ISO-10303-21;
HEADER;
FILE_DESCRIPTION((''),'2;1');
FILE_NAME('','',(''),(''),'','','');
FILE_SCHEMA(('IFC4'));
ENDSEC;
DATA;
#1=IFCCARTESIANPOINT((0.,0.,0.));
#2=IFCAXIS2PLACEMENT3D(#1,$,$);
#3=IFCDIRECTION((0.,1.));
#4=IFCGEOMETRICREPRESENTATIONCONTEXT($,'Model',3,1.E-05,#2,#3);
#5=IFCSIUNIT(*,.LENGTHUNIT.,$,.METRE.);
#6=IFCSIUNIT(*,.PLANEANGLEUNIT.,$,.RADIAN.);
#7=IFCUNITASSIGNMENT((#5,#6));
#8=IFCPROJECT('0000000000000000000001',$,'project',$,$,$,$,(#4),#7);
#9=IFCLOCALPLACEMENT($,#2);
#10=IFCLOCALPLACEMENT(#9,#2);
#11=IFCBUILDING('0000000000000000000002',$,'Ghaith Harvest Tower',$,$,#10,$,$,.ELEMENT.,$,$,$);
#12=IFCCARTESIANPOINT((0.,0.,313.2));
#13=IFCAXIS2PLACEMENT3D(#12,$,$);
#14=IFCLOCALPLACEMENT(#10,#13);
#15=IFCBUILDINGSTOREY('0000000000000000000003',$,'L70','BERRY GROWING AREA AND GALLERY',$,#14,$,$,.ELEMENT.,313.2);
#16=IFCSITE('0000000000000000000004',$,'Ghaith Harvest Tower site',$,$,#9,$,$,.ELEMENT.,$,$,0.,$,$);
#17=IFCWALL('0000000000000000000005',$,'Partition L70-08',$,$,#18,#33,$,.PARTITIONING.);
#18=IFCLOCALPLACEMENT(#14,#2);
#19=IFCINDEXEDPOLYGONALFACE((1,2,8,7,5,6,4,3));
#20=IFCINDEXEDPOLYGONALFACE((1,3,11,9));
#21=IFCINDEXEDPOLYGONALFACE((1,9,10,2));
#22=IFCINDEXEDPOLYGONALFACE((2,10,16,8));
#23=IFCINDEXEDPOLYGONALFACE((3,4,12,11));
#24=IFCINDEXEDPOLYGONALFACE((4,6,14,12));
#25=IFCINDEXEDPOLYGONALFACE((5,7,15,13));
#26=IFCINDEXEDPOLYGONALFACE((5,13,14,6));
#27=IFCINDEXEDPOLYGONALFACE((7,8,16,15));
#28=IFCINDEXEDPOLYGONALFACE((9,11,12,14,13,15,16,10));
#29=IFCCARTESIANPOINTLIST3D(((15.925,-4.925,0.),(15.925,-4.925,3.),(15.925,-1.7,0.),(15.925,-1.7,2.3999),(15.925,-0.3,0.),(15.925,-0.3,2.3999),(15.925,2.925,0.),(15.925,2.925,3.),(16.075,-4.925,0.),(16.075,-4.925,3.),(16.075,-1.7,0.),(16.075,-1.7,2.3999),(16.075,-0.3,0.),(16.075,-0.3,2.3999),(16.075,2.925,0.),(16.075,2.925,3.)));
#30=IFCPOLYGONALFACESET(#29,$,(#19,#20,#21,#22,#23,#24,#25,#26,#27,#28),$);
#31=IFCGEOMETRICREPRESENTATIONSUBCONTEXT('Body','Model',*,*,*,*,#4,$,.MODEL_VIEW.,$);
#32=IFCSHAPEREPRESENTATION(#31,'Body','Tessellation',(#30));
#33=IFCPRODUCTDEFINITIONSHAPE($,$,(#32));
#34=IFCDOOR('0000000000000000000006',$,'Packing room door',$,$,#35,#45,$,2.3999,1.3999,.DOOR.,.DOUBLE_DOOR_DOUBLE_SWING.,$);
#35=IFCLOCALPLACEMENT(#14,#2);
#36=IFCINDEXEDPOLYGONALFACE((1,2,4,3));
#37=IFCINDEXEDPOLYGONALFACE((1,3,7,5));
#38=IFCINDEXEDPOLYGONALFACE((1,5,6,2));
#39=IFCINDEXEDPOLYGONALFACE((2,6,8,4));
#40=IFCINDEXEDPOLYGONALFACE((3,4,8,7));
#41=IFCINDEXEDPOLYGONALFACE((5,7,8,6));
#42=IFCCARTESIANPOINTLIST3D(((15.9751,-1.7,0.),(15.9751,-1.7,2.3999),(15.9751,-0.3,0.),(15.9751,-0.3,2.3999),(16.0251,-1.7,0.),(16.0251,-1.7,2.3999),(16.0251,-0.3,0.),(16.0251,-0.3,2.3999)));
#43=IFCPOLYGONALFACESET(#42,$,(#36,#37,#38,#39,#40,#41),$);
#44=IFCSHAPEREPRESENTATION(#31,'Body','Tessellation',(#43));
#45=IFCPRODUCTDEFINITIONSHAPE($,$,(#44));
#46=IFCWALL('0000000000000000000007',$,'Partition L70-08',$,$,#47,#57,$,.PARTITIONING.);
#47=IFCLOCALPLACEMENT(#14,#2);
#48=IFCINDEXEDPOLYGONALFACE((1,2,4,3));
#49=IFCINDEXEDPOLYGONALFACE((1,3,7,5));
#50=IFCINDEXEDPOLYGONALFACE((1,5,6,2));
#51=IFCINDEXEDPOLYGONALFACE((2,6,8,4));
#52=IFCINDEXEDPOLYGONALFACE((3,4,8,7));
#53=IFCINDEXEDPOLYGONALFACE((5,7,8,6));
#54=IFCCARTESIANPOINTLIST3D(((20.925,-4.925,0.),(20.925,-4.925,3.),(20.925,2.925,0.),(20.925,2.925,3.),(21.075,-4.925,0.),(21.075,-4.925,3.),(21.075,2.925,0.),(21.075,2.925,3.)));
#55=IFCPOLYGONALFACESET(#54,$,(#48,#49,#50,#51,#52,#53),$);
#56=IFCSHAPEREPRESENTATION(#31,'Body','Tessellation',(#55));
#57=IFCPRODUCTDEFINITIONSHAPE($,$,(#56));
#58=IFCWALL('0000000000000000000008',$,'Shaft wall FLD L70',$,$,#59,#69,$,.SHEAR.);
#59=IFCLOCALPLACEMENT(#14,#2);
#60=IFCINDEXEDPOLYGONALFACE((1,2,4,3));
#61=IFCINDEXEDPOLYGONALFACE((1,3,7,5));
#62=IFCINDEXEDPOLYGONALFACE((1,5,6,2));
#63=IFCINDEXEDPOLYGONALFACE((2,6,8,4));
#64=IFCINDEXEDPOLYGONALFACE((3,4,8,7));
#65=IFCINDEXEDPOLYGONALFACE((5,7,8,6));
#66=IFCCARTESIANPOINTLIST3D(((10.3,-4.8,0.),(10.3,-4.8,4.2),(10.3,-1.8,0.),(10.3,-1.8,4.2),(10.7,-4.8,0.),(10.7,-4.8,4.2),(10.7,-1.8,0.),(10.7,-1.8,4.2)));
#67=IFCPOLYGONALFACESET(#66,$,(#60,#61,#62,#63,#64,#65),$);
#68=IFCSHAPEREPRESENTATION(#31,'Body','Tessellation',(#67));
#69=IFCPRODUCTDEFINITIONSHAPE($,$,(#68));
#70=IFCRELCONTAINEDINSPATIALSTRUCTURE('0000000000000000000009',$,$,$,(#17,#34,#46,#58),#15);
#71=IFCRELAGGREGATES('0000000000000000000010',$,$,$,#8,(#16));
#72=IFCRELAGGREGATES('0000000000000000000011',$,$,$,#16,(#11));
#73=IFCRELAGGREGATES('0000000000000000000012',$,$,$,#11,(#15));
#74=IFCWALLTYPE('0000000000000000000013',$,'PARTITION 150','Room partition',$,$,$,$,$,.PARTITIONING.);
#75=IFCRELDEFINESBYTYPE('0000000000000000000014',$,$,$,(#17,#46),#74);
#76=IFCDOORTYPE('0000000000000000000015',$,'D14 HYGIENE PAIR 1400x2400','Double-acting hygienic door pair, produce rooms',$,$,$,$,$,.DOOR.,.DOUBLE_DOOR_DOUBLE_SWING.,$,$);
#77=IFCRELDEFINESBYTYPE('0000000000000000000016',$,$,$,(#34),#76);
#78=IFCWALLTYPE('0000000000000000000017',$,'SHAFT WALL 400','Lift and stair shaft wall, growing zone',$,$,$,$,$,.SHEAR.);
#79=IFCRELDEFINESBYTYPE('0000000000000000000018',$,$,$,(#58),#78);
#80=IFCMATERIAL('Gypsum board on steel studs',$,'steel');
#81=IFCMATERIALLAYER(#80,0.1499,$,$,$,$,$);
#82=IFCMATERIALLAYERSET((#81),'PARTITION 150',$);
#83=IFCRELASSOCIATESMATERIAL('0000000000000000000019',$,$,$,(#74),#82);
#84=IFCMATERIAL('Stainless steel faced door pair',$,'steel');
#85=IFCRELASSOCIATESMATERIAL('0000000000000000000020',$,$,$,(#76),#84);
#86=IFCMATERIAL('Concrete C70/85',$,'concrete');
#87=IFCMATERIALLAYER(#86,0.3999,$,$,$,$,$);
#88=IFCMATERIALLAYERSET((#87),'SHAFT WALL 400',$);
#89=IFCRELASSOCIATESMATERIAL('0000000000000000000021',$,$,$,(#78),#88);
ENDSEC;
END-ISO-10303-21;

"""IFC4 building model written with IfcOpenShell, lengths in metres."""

from ifc_helpers import new_model, si_unit, direction, frame, frame_2d, origin, place, context, subcontext, project, spatial, rectangle, extrude, material, layer, layer_set, type_object, element, fill, save


model = new_model("IFC4")

# Units and contexts
model_context = context("Model", 3, precision=1e-05, world=origin(), true_north=direction((0.0, 1.0)))
body_context = subcontext(model_context, "Body", "Model", "MODEL_VIEW")
ifc_project = project(units=[si_unit("LENGTHUNIT", "METRE"), si_unit("PLANEANGLEUNIT", "RADIAN")], contexts=[model_context])

# Site, building, storey
site_placement = place(None, origin())
site = spatial("IfcSite", under=ifc_project, at=site_placement, Name="Ghaith Harvest Tower site", CompositionType="ELEMENT", RefElevation=0.0)
building_placement = place(site_placement, origin())
building = spatial("IfcBuilding", under=site, at=building_placement, Name="Ghaith Harvest Tower", CompositionType="ELEMENT")
storey_placement = place(building_placement, frame((0.0, 0.0, 313.2)))
storey = spatial("IfcBuildingStorey", under=building, at=storey_placement, Name="L70", Description="BERRY GROWING AREA AND GALLERY", CompositionType="ELEMENT", Elevation=313.2)

# Shared definitions
ifc_material_1 = material(Name="Gypsum board on steel studs", Category="steel")
ifc_layer_1 = layer(ifc_material_1, 0.1499)
ifc_layer_set_1 = layer_set([ifc_layer_1], Name="PARTITION 150")
wall_type_1 = type_object("IfcWallType", Name="PARTITION 150", Description="Room partition", PredefinedType="PARTITIONING", material=ifc_layer_set_1)

# Wall, opening, door
wall_1_placement = place(storey_placement, frame((16.0, -4.925, 0.0), z_axis=(0.0, 0.0, 1.0), x_axis=(0.0, 1.0, 0.0)))
wall_1 = element("IfcWall", 1, at=wall_1_placement, inside=storey, type_object=wall_type_1, Name="Partition L70-08", PredefinedType="PARTITIONING", context=body_context, shape_type="SweptSolid", body=[
    extrude(rectangle(XDim=7.8501, YDim=0.1499, at=frame_2d((3.925, 0.0))), origin(), (0.0, 0.0, 1.0), 3.0),
])
opening_1_placement = place(wall_1_placement, frame((3.2251, 0.0, 0.0)))
opening_1 = element("IfcOpeningElement", 2, at=opening_1_placement, cuts=wall_1, PredefinedType="OPENING", context=body_context, shape_type="SweptSolid", body=[
    extrude(rectangle(XDim=1.3999, YDim=2.3999, at=frame_2d((0.7, 1.2))), frame((0.0, 0.085, 0.0), z_axis=(0.0, -1.0, 0.0), x_axis=(1.0, 0.0, 0.0)), (0.0, 0.0, 1.0), 0.1699),
])
ifc_material_2 = material(Name="Stainless steel faced door pair", Category="steel")
door_type_1 = type_object("IfcDoorType", Name="D14 HYGIENE PAIR 1400x2400", Description="Double-acting hygienic door pair, produce rooms", OperationType="DOUBLE_DOOR_DOUBLE_SWING", PredefinedType="DOOR", material=ifc_material_2)
door_1_placement = place(opening_1_placement, origin())
door_1 = element("IfcDoor", 3, at=door_1_placement, inside=storey, type_object=door_type_1, Name="Packing room door", OperationType="DOUBLE_DOOR_DOUBLE_SWING", OverallHeight=2.3999, OverallWidth=1.3999, PredefinedType="DOOR", context=body_context, shape_type="SweptSolid", body=[
    extrude(rectangle(XDim=1.3999, YDim=2.3999, at=frame_2d((0.7, 1.2))), frame((0.0, 0.0249, 0.0), z_axis=(0.0, -1.0, 0.0), x_axis=(1.0, 0.0, 0.0)), (0.0, 0.0, 1.0), 0.05),
])
fill(opening_1, door_1)

# Walls
wall_2_placement = place(storey_placement, frame((21.0, -4.925, 0.0), z_axis=(0.0, 0.0, 1.0), x_axis=(0.0, 1.0, 0.0)))
element("IfcWall", 4, at=wall_2_placement, inside=storey, type_object=wall_type_1, Name="Partition L70-08", PredefinedType="PARTITIONING", context=body_context, shape_type="SweptSolid", body=[
    extrude(rectangle(XDim=7.8501, YDim=0.1499, at=frame_2d((3.925, 0.0))), origin(), (0.0, 0.0, 1.0), 3.0),
])
ifc_material_3 = material(Name="Concrete C70/85", Category="concrete")
ifc_layer_2 = layer(ifc_material_3, 0.3999)
ifc_layer_set_2 = layer_set([ifc_layer_2], Name="SHAFT WALL 400")
wall_type_2 = type_object("IfcWallType", Name="SHAFT WALL 400", Description="Lift and stair shaft wall, growing zone", PredefinedType="SHEAR", material=ifc_layer_set_2)
wall_3_placement = place(storey_placement, frame((10.5, -4.8, 0.0), z_axis=(0.0, 0.0, 1.0), x_axis=(0.0, 1.0, 0.0)))
element("IfcWall", 5, at=wall_3_placement, inside=storey, type_object=wall_type_2, Name="Shaft wall FLD L70", PredefinedType="SHEAR", context=body_context, shape_type="SweptSolid", body=[
    extrude(rectangle(XDim=3.0, YDim=0.3999, at=frame_2d((1.5, 0.0))), origin(), (0.0, 0.0, 1.0), 4.2),
])

save(model, "model.ifc")
